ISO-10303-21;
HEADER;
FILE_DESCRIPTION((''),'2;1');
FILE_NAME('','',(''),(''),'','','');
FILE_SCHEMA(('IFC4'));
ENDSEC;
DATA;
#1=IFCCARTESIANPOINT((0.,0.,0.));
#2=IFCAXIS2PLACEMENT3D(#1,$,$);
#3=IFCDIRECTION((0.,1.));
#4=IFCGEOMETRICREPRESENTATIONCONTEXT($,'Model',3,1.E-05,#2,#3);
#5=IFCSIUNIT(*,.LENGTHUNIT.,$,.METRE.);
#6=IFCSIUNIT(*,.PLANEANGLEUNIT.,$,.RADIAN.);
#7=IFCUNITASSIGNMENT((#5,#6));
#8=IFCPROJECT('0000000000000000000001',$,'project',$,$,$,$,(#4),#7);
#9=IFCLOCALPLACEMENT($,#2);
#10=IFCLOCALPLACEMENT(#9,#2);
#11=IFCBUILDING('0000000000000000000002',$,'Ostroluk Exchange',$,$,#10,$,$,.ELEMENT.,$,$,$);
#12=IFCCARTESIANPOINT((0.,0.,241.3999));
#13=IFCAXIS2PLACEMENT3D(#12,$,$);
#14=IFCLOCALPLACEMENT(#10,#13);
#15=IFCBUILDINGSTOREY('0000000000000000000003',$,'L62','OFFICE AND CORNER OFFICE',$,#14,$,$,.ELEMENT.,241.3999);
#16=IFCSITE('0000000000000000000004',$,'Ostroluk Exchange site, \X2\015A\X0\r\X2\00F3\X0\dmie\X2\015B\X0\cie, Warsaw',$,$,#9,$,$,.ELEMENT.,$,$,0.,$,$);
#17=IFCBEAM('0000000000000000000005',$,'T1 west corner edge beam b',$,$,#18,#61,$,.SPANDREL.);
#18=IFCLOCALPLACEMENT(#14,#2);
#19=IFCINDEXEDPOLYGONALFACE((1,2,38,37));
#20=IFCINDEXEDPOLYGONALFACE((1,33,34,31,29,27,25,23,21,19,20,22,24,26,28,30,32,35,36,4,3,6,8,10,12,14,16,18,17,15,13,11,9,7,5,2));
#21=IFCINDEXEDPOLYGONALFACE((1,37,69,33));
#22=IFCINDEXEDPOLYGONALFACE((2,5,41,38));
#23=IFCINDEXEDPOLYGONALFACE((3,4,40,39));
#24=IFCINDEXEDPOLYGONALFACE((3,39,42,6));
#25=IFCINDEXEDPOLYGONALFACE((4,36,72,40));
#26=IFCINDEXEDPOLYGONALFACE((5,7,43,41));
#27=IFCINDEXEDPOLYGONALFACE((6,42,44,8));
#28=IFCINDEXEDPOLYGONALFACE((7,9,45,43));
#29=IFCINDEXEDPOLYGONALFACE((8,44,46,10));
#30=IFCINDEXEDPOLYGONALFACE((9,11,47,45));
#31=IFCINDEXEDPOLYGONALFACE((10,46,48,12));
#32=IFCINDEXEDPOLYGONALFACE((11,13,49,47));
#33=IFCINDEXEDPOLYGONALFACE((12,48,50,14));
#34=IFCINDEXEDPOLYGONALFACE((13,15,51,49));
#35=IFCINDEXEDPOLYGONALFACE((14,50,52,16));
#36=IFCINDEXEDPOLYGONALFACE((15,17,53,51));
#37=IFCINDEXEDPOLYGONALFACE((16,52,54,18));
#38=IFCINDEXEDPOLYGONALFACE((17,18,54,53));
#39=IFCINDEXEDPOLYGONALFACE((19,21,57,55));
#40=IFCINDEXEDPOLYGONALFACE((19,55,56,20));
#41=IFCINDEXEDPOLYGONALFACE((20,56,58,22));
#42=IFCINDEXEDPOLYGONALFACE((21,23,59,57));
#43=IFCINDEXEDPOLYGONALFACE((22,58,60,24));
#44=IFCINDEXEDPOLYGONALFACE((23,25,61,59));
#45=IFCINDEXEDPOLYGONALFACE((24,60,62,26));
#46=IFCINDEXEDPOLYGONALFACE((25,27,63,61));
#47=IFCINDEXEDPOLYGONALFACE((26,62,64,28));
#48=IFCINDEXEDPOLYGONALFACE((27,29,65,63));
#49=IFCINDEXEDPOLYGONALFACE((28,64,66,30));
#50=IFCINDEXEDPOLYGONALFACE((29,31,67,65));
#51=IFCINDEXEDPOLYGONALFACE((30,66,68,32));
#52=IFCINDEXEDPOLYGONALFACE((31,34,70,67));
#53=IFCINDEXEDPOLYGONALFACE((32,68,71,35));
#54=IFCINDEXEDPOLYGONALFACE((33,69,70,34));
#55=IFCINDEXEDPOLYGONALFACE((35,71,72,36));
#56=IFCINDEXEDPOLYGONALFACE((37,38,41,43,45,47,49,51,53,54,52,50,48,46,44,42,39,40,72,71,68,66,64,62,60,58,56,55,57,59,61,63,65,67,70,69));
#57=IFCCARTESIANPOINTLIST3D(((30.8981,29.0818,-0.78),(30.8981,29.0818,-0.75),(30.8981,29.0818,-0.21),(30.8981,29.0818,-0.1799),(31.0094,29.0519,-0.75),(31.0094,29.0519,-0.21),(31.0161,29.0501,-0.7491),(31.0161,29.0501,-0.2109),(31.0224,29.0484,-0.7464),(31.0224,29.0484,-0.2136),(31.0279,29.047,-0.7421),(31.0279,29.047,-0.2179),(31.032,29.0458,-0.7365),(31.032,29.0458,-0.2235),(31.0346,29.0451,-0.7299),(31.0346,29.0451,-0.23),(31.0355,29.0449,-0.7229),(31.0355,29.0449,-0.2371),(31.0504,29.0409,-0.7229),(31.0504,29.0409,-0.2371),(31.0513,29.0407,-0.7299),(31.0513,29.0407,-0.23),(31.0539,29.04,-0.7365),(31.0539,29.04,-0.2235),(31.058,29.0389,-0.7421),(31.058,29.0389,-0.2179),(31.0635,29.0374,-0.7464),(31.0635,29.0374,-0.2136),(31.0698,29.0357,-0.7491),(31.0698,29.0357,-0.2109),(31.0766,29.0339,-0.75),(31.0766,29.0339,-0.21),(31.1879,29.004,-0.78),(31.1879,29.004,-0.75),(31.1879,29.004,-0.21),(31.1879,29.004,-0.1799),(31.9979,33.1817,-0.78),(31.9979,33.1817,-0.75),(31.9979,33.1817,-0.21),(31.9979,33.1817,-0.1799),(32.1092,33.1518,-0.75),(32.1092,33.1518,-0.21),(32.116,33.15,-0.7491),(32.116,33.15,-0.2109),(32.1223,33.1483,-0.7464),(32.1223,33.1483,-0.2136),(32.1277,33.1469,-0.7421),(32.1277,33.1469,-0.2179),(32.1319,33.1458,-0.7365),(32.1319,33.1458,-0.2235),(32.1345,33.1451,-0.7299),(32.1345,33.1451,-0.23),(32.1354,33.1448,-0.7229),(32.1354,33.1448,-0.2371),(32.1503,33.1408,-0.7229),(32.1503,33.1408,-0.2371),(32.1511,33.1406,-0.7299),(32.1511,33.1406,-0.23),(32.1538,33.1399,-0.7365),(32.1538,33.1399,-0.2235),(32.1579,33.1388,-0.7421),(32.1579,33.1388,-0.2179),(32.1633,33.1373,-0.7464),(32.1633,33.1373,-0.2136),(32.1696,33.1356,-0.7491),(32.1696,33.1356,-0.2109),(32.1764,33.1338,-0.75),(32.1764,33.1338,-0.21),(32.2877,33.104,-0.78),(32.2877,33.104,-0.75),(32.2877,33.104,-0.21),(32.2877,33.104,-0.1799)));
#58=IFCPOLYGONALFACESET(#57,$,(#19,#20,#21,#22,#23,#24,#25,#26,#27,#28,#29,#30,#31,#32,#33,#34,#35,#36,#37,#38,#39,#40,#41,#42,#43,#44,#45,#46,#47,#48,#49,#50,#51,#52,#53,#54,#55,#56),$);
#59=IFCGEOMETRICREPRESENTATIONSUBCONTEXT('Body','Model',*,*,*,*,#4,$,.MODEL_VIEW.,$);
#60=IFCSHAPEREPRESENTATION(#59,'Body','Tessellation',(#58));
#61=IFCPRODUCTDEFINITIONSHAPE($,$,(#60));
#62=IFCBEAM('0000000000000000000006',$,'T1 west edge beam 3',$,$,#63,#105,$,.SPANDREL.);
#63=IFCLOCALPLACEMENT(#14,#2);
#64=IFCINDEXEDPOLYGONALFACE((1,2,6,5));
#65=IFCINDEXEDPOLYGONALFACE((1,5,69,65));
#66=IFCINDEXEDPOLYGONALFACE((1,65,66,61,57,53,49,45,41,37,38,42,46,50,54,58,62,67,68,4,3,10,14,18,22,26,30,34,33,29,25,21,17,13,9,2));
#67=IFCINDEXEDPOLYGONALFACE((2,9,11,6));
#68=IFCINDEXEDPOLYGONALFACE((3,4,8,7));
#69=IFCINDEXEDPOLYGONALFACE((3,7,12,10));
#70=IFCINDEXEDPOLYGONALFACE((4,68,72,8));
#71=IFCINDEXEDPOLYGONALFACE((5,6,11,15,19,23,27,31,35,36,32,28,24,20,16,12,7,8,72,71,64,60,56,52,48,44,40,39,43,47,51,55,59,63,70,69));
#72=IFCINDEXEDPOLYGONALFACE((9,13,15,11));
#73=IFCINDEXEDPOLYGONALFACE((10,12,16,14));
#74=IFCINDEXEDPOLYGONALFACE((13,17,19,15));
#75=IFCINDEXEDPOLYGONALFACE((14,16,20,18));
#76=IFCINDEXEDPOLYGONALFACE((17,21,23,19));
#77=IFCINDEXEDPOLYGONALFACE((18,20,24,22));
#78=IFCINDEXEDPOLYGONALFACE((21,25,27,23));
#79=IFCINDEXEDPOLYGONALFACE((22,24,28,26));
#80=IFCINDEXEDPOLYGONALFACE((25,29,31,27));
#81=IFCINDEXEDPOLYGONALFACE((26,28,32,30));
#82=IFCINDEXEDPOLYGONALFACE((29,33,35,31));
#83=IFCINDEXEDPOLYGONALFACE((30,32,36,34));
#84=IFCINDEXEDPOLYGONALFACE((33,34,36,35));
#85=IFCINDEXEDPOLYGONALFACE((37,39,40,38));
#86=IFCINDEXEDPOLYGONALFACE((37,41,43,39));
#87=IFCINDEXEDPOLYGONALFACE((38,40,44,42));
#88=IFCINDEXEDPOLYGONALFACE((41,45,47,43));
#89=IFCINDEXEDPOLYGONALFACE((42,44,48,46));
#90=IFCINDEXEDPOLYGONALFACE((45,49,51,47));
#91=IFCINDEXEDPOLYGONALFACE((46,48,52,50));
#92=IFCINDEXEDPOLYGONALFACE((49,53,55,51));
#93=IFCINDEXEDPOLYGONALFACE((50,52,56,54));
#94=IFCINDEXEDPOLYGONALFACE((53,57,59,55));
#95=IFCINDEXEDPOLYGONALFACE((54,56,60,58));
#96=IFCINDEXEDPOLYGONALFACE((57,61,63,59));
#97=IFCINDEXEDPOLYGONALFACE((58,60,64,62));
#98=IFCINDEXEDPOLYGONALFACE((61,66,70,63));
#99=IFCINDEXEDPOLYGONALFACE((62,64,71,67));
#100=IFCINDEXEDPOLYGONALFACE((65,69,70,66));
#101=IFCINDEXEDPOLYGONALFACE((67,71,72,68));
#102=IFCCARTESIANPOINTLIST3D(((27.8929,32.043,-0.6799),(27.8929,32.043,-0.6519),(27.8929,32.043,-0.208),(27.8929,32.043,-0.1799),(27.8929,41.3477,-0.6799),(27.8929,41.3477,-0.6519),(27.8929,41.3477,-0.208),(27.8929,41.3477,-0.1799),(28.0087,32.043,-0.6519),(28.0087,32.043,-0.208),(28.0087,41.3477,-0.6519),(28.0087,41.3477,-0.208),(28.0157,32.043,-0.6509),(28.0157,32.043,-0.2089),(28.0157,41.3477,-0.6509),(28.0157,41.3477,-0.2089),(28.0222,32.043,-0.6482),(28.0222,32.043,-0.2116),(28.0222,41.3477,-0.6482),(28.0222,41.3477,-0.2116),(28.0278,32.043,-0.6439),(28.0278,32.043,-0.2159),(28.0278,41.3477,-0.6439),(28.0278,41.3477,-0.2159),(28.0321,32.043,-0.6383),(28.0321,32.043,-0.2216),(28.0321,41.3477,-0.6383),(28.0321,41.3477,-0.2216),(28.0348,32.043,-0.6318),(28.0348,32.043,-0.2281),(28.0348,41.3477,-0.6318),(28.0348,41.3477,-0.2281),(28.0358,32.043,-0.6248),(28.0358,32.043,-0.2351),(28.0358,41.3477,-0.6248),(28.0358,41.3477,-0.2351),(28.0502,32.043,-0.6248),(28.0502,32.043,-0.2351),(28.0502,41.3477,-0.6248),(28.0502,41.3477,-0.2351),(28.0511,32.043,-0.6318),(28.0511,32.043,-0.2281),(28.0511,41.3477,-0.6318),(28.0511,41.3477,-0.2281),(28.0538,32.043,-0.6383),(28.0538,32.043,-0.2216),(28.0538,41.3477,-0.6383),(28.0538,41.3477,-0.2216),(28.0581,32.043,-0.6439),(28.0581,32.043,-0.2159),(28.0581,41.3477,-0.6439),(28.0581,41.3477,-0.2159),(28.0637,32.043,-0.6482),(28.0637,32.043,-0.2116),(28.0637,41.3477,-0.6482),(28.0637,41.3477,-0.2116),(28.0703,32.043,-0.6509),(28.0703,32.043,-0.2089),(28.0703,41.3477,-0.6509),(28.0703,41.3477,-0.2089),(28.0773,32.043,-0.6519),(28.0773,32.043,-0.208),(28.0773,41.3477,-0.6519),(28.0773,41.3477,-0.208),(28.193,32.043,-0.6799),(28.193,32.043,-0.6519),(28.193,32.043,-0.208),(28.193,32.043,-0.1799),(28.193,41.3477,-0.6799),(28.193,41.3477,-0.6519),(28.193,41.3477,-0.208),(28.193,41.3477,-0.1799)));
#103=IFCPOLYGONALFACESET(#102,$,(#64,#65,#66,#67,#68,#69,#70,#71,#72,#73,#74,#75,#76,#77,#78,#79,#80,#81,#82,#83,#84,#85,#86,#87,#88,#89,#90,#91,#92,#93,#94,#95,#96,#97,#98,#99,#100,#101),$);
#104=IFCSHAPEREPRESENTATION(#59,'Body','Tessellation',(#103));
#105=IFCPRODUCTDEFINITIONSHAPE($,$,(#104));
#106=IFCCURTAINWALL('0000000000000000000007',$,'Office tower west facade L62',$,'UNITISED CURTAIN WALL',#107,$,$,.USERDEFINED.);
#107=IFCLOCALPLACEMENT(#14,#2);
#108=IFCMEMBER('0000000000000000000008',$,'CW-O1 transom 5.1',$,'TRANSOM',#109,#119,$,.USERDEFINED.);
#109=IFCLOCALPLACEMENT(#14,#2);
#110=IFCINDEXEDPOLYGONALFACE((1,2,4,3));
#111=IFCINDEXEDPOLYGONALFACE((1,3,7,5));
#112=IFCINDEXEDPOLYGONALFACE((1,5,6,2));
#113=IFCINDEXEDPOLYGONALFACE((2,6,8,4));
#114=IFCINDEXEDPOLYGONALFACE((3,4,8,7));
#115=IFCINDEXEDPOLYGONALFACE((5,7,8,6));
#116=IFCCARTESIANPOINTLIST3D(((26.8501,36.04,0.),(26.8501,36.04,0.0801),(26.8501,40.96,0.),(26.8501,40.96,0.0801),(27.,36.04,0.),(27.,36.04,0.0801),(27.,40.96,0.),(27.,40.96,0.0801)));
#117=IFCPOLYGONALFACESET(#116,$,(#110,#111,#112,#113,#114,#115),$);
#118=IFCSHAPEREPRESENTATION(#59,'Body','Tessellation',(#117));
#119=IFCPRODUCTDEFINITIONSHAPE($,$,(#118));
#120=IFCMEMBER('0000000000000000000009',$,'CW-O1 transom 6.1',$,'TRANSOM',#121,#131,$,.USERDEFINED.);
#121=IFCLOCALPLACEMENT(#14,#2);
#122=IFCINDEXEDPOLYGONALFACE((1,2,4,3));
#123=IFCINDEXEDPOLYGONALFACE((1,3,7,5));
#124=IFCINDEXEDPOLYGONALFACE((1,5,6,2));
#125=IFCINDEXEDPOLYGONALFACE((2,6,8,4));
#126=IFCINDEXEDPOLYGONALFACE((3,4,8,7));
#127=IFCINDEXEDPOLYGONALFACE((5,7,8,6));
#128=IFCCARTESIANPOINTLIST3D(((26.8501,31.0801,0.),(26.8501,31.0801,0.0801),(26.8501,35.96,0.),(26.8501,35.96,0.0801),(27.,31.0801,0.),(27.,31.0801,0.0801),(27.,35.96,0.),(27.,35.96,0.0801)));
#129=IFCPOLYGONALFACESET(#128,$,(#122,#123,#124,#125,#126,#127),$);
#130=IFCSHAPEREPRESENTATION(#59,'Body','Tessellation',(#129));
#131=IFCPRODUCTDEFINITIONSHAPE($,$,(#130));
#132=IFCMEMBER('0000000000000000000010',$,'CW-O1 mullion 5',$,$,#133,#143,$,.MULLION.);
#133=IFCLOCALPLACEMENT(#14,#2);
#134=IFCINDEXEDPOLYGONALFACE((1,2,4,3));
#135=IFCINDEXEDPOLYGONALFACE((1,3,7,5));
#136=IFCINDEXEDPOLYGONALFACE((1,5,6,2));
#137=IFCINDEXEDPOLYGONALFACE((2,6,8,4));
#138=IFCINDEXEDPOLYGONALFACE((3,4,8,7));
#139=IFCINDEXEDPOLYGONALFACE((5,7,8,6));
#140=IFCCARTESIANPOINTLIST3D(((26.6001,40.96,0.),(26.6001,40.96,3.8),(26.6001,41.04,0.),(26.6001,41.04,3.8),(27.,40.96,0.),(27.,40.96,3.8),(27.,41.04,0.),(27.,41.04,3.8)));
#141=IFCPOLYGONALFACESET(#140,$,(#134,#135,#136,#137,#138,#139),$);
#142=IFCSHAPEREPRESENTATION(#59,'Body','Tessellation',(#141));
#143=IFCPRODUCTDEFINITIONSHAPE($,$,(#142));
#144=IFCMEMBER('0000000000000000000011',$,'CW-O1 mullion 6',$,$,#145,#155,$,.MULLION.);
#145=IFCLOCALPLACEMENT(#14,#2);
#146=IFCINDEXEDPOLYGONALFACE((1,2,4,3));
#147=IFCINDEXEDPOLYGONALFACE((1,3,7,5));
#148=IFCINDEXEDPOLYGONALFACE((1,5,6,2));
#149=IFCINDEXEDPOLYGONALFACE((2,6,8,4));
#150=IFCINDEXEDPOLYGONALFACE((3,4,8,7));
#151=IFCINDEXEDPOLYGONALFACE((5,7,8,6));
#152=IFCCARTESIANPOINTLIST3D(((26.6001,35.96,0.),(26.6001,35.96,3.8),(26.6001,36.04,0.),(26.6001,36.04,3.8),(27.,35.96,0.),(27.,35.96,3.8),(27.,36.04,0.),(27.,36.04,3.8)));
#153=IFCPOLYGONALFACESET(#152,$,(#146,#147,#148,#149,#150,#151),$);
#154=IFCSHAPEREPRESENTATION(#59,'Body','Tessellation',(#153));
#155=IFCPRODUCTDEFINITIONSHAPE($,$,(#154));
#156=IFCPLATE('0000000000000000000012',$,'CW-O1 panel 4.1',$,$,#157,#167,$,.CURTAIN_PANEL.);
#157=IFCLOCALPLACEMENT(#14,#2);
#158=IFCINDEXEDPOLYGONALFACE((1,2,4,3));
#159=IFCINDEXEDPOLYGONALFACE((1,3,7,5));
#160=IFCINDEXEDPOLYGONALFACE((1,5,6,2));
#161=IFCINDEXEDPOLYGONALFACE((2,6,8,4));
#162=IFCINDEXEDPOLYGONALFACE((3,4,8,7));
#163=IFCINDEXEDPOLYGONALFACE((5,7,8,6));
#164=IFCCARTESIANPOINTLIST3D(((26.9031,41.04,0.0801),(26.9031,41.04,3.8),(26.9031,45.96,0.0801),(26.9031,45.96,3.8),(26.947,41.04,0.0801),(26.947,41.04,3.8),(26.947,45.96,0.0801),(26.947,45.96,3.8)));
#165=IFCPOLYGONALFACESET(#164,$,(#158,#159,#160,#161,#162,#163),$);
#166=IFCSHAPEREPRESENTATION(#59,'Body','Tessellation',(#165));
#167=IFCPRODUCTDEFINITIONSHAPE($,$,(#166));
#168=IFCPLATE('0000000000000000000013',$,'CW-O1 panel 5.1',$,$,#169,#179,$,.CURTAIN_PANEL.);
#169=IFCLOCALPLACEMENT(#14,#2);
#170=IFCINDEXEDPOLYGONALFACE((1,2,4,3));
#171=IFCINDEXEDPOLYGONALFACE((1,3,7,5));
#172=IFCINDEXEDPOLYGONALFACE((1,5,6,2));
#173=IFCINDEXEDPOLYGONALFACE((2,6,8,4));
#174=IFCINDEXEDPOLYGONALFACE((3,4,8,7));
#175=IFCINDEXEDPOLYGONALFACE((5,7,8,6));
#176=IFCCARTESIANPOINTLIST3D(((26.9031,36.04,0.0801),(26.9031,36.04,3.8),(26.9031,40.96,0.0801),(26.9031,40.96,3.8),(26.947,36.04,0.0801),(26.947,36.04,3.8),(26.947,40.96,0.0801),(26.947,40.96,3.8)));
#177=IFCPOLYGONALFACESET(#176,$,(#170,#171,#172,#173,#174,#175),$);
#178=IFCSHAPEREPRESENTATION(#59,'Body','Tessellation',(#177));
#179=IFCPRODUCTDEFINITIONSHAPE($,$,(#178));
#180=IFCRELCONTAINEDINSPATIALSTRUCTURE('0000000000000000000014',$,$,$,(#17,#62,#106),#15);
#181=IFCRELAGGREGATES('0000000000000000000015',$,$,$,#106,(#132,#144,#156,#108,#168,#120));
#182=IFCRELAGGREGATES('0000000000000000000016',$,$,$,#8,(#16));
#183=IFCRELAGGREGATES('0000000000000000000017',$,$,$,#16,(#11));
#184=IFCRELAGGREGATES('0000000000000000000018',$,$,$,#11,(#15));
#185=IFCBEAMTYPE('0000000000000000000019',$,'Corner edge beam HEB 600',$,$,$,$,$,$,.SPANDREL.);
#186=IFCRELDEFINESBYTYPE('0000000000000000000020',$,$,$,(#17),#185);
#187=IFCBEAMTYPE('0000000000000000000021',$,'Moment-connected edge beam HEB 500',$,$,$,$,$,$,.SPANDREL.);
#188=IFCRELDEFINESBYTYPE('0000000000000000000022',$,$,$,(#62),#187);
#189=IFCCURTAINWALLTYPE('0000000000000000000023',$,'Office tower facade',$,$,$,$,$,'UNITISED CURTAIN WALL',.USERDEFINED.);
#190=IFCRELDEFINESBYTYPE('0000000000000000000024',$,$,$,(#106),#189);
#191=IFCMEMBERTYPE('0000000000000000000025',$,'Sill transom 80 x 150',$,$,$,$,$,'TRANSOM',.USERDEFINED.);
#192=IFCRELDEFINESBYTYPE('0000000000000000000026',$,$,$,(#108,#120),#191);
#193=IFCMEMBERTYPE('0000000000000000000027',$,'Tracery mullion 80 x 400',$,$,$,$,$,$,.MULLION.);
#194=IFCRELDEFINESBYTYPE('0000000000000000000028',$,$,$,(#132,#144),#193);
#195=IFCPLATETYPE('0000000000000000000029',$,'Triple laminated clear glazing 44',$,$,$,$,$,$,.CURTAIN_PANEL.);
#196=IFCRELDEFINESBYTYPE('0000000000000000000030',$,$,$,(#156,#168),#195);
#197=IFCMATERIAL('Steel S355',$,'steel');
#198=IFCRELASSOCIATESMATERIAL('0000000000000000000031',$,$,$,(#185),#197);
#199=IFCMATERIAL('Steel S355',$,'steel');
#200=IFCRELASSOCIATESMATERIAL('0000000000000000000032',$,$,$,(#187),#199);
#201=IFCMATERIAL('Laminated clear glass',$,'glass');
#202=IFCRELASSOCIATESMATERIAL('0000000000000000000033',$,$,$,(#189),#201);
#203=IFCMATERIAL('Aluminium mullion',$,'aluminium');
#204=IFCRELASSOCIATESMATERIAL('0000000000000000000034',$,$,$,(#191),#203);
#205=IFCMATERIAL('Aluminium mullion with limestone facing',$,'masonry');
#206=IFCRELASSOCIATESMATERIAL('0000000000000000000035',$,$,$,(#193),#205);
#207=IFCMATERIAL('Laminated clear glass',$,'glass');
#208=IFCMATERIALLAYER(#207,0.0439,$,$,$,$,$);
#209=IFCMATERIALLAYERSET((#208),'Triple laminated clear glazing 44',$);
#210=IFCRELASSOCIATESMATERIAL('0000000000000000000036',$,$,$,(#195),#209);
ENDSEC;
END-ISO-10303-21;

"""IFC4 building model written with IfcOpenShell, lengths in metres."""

from ifc_helpers import new_model, si_unit, direction, frame, origin, origin_2d, place, context, subcontext, project, spatial, rectangle, i_section, extrude, material, layer, layer_set, material_profile, profile_set, type_object, element, aggregate, save


model = new_model("IFC4")

# Units and contexts
model_context = context("Model", 3, precision=1e-05, world=origin(), true_north=direction((0.0, 1.0)))
body_context = subcontext(model_context, "Body", "Model", "MODEL_VIEW")
ifc_project = project(units=[si_unit("LENGTHUNIT", "METRE"), si_unit("PLANEANGLEUNIT", "RADIAN")], contexts=[model_context])

# Site, building, storey
site_placement = place(None, origin())
site = spatial("IfcSite", under=ifc_project, at=site_placement, Name="Ostroluk Exchange site, Śródmieście, Warsaw", CompositionType="ELEMENT", RefElevation=0.0)
building_placement = place(site_placement, origin())
building = spatial("IfcBuilding", under=site, at=building_placement, Name="Ostroluk Exchange", CompositionType="ELEMENT")
storey_placement = place(building_placement, frame((0.0, 0.0, 241.3999)))
storey = spatial("IfcBuildingStorey", under=building, at=storey_placement, Name="L62", Description="OFFICE AND CORNER OFFICE", CompositionType="ELEMENT", Elevation=241.3999)

# Beams
ifc_material_1 = material(Name="Steel S355", Category="steel")
ifc_material_profile_1 = material_profile(ifc_material_1, i_section(OverallWidth=0.3, OverallDepth=0.6001, WebThickness=0.0154, FlangeThickness=0.03, FilletRadius=0.0271, at=origin_2d()), Name="HEB 600")
ifc_profile_set_1 = profile_set([ifc_material_profile_1], Name="Steel S355")
beam_type_1 = type_object("IfcBeamType", Name="Corner edge beam HEB 600", PredefinedType="SPANDREL", material=ifc_profile_set_1)
for number, where, z_axis, x_axis, name in (
    (1, (32.1428, 33.1428, -0.48), (-0.259105, -0.965849, 0.0), (0.965849, -0.259105, 0.0), "T1 west corner edge beam b"),
):
    element("IfcBeam", number, at=place(storey_placement, frame(where, z_axis=z_axis, x_axis=x_axis)), inside=storey, type_object=beam_type_1, Name=name, PredefinedType="SPANDREL", context=body_context, shape_type="SweptSolid", body=[
        extrude(i_section(OverallWidth=0.3, OverallDepth=0.6001, WebThickness=0.0154, FlangeThickness=0.03, FilletRadius=0.0271, at=origin_2d()), origin(), (0.0, 0.0, 1.0), 4.2449),
    ])
ifc_material_2 = material(Name="Steel S355", Category="steel")
ifc_material_profile_2 = material_profile(ifc_material_2, i_section(OverallWidth=0.3, OverallDepth=0.5, WebThickness=0.0144, FlangeThickness=0.0281, FilletRadius=0.0271, at=origin_2d()), Name="HEB 500")
ifc_profile_set_2 = profile_set([ifc_material_profile_2], Name="Steel S355")
beam_type_2 = type_object("IfcBeamType", Name="Moment-connected edge beam HEB 500", PredefinedType="SPANDREL", material=ifc_profile_set_2)
beam_1_placement = place(storey_placement, frame((28.043, 41.3477, -0.4299), z_axis=(0.0, -1.0, 0.0), x_axis=(1.0, 0.0, 0.0)))
element("IfcBeam", 2, at=beam_1_placement, inside=storey, type_object=beam_type_2, Name="T1 west edge beam 3", PredefinedType="SPANDREL", context=body_context, shape_type="SweptSolid", body=[
    extrude(i_section(OverallWidth=0.3, OverallDepth=0.5, WebThickness=0.0144, FlangeThickness=0.0281, FilletRadius=0.0271, at=origin_2d()), origin(), (0.0, 0.0, 1.0), 9.3047),
])

# Curtain wall, members, plates
ifc_material_3 = material(Name="Laminated clear glass", Category="glass")
curtain_wall_type = type_object("IfcCurtainWallType", Name="Office tower facade", ElementType="UNITISED CURTAIN WALL", PredefinedType="USERDEFINED", material=ifc_material_3)
curtain_wall_placement = place(storey_placement, origin())
curtain_wall = element("IfcCurtainWall", 3, at=curtain_wall_placement, inside=storey, type_object=curtain_wall_type, Name="Office tower west facade L62", ObjectType="UNITISED CURTAIN WALL", PredefinedType="USERDEFINED")
ifc_material_4 = material(Name="Aluminium mullion", Category="aluminium")
ifc_material_profile_3 = material_profile(ifc_material_4, rectangle(XDim=0.1499, YDim=0.0801, at=origin_2d()), Name="Sill transom 80 x 150")
ifc_profile_set_3 = profile_set([ifc_material_profile_3], Name="Aluminium mullion")
member_type_1 = type_object("IfcMemberType", Name="Sill transom 80 x 150", ElementType="TRANSOM", PredefinedType="USERDEFINED", material=ifc_profile_set_3)
member_1_placement = place(storey_placement, frame((26.925, 40.96, 0.04), z_axis=(0.0, -1.0, 0.0), x_axis=(1.0, 0.0, 0.0)))
member_1 = element("IfcMember", 4, at=member_1_placement, type_object=member_type_1, Name="CW-O1 transom 5.1", ObjectType="TRANSOM", PredefinedType="USERDEFINED", context=body_context, shape_type="SweptSolid", body=[
    extrude(rectangle(XDim=0.1499, YDim=0.0801, at=origin_2d()), origin(), (0.0, 0.0, 1.0), 4.9199),
])
member_2_placement = place(storey_placement, frame((26.925, 35.96, 0.04), z_axis=(0.0, -1.0, 0.0), x_axis=(1.0, 0.0, 0.0)))
member_2 = element("IfcMember", 5, at=member_2_placement, type_object=member_type_1, Name="CW-O1 transom 6.1", ObjectType="TRANSOM", PredefinedType="USERDEFINED", context=body_context, shape_type="SweptSolid", body=[
    extrude(rectangle(XDim=0.1499, YDim=0.0801, at=origin_2d()), origin(), (0.0, 0.0, 1.0), 4.8799),
])
ifc_material_5 = material(Name="Aluminium mullion with limestone facing", Category="masonry")
ifc_material_profile_4 = material_profile(ifc_material_5, rectangle(XDim=0.3999, YDim=0.0801, at=origin_2d()), Name="Tracery mullion 80 x 400")
ifc_profile_set_4 = profile_set([ifc_material_profile_4], Name="Aluminium mullion with limestone facing")
member_type_2 = type_object("IfcMemberType", Name="Tracery mullion 80 x 400", PredefinedType="MULLION", material=ifc_profile_set_4)
member_3_placement = place(storey_placement, frame((26.8, 41.0, 0.0), z_axis=(0.0, 0.0, 1.0), x_axis=(1.0, 0.0, 0.0)))
member_3 = element("IfcMember", 6, at=member_3_placement, type_object=member_type_2, Name="CW-O1 mullion 5", PredefinedType="MULLION", context=body_context, shape_type="SweptSolid", body=[
    extrude(rectangle(XDim=0.3999, YDim=0.0801, at=origin_2d()), origin(), (0.0, 0.0, 1.0), 3.8),
])
member_4_placement = place(storey_placement, frame((26.8, 36.0, 0.0), z_axis=(0.0, 0.0, 1.0), x_axis=(1.0, 0.0, 0.0)))
member_4 = element("IfcMember", 7, at=member_4_placement, type_object=member_type_2, Name="CW-O1 mullion 6", PredefinedType="MULLION", context=body_context, shape_type="SweptSolid", body=[
    extrude(rectangle(XDim=0.3999, YDim=0.0801, at=origin_2d()), origin(), (0.0, 0.0, 1.0), 3.8),
])
ifc_material_6 = material(Name="Laminated clear glass", Category="glass")
ifc_layer_1 = layer(ifc_material_6, 0.0439)
ifc_layer_set_1 = layer_set([ifc_layer_1], Name="Triple laminated clear glazing 44")
plate_type = type_object("IfcPlateType", Name="Triple laminated clear glazing 44", PredefinedType="CURTAIN_PANEL", material=ifc_layer_set_1)
plate_1_placement = place(storey_placement, frame((26.925, 43.5, 0.0801), z_axis=(0.0, 0.0, 1.0), x_axis=(0.0, -1.0, 0.0)))
plate_1 = element("IfcPlate", 8, at=plate_1_placement, type_object=plate_type, Name="CW-O1 panel 4.1", PredefinedType="CURTAIN_PANEL", context=body_context, shape_type="SweptSolid", body=[
    extrude(rectangle(XDim=4.9199, YDim=0.0439, at=origin_2d()), origin(), (0.0, 0.0, 1.0), 3.72),
])
plate_2_placement = place(storey_placement, frame((26.925, 38.5, 0.0801), z_axis=(0.0, 0.0, 1.0), x_axis=(0.0, -1.0, 0.0)))
plate_2 = element("IfcPlate", 9, at=plate_2_placement, type_object=plate_type, Name="CW-O1 panel 5.1", PredefinedType="CURTAIN_PANEL", context=body_context, shape_type="SweptSolid", body=[
    extrude(rectangle(XDim=4.9199, YDim=0.0439, at=origin_2d()), origin(), (0.0, 0.0, 1.0), 3.72),
])
aggregate(curtain_wall, [member_3, member_4, plate_1, member_1, plate_2, member_2])

save(model, "model.ifc")
